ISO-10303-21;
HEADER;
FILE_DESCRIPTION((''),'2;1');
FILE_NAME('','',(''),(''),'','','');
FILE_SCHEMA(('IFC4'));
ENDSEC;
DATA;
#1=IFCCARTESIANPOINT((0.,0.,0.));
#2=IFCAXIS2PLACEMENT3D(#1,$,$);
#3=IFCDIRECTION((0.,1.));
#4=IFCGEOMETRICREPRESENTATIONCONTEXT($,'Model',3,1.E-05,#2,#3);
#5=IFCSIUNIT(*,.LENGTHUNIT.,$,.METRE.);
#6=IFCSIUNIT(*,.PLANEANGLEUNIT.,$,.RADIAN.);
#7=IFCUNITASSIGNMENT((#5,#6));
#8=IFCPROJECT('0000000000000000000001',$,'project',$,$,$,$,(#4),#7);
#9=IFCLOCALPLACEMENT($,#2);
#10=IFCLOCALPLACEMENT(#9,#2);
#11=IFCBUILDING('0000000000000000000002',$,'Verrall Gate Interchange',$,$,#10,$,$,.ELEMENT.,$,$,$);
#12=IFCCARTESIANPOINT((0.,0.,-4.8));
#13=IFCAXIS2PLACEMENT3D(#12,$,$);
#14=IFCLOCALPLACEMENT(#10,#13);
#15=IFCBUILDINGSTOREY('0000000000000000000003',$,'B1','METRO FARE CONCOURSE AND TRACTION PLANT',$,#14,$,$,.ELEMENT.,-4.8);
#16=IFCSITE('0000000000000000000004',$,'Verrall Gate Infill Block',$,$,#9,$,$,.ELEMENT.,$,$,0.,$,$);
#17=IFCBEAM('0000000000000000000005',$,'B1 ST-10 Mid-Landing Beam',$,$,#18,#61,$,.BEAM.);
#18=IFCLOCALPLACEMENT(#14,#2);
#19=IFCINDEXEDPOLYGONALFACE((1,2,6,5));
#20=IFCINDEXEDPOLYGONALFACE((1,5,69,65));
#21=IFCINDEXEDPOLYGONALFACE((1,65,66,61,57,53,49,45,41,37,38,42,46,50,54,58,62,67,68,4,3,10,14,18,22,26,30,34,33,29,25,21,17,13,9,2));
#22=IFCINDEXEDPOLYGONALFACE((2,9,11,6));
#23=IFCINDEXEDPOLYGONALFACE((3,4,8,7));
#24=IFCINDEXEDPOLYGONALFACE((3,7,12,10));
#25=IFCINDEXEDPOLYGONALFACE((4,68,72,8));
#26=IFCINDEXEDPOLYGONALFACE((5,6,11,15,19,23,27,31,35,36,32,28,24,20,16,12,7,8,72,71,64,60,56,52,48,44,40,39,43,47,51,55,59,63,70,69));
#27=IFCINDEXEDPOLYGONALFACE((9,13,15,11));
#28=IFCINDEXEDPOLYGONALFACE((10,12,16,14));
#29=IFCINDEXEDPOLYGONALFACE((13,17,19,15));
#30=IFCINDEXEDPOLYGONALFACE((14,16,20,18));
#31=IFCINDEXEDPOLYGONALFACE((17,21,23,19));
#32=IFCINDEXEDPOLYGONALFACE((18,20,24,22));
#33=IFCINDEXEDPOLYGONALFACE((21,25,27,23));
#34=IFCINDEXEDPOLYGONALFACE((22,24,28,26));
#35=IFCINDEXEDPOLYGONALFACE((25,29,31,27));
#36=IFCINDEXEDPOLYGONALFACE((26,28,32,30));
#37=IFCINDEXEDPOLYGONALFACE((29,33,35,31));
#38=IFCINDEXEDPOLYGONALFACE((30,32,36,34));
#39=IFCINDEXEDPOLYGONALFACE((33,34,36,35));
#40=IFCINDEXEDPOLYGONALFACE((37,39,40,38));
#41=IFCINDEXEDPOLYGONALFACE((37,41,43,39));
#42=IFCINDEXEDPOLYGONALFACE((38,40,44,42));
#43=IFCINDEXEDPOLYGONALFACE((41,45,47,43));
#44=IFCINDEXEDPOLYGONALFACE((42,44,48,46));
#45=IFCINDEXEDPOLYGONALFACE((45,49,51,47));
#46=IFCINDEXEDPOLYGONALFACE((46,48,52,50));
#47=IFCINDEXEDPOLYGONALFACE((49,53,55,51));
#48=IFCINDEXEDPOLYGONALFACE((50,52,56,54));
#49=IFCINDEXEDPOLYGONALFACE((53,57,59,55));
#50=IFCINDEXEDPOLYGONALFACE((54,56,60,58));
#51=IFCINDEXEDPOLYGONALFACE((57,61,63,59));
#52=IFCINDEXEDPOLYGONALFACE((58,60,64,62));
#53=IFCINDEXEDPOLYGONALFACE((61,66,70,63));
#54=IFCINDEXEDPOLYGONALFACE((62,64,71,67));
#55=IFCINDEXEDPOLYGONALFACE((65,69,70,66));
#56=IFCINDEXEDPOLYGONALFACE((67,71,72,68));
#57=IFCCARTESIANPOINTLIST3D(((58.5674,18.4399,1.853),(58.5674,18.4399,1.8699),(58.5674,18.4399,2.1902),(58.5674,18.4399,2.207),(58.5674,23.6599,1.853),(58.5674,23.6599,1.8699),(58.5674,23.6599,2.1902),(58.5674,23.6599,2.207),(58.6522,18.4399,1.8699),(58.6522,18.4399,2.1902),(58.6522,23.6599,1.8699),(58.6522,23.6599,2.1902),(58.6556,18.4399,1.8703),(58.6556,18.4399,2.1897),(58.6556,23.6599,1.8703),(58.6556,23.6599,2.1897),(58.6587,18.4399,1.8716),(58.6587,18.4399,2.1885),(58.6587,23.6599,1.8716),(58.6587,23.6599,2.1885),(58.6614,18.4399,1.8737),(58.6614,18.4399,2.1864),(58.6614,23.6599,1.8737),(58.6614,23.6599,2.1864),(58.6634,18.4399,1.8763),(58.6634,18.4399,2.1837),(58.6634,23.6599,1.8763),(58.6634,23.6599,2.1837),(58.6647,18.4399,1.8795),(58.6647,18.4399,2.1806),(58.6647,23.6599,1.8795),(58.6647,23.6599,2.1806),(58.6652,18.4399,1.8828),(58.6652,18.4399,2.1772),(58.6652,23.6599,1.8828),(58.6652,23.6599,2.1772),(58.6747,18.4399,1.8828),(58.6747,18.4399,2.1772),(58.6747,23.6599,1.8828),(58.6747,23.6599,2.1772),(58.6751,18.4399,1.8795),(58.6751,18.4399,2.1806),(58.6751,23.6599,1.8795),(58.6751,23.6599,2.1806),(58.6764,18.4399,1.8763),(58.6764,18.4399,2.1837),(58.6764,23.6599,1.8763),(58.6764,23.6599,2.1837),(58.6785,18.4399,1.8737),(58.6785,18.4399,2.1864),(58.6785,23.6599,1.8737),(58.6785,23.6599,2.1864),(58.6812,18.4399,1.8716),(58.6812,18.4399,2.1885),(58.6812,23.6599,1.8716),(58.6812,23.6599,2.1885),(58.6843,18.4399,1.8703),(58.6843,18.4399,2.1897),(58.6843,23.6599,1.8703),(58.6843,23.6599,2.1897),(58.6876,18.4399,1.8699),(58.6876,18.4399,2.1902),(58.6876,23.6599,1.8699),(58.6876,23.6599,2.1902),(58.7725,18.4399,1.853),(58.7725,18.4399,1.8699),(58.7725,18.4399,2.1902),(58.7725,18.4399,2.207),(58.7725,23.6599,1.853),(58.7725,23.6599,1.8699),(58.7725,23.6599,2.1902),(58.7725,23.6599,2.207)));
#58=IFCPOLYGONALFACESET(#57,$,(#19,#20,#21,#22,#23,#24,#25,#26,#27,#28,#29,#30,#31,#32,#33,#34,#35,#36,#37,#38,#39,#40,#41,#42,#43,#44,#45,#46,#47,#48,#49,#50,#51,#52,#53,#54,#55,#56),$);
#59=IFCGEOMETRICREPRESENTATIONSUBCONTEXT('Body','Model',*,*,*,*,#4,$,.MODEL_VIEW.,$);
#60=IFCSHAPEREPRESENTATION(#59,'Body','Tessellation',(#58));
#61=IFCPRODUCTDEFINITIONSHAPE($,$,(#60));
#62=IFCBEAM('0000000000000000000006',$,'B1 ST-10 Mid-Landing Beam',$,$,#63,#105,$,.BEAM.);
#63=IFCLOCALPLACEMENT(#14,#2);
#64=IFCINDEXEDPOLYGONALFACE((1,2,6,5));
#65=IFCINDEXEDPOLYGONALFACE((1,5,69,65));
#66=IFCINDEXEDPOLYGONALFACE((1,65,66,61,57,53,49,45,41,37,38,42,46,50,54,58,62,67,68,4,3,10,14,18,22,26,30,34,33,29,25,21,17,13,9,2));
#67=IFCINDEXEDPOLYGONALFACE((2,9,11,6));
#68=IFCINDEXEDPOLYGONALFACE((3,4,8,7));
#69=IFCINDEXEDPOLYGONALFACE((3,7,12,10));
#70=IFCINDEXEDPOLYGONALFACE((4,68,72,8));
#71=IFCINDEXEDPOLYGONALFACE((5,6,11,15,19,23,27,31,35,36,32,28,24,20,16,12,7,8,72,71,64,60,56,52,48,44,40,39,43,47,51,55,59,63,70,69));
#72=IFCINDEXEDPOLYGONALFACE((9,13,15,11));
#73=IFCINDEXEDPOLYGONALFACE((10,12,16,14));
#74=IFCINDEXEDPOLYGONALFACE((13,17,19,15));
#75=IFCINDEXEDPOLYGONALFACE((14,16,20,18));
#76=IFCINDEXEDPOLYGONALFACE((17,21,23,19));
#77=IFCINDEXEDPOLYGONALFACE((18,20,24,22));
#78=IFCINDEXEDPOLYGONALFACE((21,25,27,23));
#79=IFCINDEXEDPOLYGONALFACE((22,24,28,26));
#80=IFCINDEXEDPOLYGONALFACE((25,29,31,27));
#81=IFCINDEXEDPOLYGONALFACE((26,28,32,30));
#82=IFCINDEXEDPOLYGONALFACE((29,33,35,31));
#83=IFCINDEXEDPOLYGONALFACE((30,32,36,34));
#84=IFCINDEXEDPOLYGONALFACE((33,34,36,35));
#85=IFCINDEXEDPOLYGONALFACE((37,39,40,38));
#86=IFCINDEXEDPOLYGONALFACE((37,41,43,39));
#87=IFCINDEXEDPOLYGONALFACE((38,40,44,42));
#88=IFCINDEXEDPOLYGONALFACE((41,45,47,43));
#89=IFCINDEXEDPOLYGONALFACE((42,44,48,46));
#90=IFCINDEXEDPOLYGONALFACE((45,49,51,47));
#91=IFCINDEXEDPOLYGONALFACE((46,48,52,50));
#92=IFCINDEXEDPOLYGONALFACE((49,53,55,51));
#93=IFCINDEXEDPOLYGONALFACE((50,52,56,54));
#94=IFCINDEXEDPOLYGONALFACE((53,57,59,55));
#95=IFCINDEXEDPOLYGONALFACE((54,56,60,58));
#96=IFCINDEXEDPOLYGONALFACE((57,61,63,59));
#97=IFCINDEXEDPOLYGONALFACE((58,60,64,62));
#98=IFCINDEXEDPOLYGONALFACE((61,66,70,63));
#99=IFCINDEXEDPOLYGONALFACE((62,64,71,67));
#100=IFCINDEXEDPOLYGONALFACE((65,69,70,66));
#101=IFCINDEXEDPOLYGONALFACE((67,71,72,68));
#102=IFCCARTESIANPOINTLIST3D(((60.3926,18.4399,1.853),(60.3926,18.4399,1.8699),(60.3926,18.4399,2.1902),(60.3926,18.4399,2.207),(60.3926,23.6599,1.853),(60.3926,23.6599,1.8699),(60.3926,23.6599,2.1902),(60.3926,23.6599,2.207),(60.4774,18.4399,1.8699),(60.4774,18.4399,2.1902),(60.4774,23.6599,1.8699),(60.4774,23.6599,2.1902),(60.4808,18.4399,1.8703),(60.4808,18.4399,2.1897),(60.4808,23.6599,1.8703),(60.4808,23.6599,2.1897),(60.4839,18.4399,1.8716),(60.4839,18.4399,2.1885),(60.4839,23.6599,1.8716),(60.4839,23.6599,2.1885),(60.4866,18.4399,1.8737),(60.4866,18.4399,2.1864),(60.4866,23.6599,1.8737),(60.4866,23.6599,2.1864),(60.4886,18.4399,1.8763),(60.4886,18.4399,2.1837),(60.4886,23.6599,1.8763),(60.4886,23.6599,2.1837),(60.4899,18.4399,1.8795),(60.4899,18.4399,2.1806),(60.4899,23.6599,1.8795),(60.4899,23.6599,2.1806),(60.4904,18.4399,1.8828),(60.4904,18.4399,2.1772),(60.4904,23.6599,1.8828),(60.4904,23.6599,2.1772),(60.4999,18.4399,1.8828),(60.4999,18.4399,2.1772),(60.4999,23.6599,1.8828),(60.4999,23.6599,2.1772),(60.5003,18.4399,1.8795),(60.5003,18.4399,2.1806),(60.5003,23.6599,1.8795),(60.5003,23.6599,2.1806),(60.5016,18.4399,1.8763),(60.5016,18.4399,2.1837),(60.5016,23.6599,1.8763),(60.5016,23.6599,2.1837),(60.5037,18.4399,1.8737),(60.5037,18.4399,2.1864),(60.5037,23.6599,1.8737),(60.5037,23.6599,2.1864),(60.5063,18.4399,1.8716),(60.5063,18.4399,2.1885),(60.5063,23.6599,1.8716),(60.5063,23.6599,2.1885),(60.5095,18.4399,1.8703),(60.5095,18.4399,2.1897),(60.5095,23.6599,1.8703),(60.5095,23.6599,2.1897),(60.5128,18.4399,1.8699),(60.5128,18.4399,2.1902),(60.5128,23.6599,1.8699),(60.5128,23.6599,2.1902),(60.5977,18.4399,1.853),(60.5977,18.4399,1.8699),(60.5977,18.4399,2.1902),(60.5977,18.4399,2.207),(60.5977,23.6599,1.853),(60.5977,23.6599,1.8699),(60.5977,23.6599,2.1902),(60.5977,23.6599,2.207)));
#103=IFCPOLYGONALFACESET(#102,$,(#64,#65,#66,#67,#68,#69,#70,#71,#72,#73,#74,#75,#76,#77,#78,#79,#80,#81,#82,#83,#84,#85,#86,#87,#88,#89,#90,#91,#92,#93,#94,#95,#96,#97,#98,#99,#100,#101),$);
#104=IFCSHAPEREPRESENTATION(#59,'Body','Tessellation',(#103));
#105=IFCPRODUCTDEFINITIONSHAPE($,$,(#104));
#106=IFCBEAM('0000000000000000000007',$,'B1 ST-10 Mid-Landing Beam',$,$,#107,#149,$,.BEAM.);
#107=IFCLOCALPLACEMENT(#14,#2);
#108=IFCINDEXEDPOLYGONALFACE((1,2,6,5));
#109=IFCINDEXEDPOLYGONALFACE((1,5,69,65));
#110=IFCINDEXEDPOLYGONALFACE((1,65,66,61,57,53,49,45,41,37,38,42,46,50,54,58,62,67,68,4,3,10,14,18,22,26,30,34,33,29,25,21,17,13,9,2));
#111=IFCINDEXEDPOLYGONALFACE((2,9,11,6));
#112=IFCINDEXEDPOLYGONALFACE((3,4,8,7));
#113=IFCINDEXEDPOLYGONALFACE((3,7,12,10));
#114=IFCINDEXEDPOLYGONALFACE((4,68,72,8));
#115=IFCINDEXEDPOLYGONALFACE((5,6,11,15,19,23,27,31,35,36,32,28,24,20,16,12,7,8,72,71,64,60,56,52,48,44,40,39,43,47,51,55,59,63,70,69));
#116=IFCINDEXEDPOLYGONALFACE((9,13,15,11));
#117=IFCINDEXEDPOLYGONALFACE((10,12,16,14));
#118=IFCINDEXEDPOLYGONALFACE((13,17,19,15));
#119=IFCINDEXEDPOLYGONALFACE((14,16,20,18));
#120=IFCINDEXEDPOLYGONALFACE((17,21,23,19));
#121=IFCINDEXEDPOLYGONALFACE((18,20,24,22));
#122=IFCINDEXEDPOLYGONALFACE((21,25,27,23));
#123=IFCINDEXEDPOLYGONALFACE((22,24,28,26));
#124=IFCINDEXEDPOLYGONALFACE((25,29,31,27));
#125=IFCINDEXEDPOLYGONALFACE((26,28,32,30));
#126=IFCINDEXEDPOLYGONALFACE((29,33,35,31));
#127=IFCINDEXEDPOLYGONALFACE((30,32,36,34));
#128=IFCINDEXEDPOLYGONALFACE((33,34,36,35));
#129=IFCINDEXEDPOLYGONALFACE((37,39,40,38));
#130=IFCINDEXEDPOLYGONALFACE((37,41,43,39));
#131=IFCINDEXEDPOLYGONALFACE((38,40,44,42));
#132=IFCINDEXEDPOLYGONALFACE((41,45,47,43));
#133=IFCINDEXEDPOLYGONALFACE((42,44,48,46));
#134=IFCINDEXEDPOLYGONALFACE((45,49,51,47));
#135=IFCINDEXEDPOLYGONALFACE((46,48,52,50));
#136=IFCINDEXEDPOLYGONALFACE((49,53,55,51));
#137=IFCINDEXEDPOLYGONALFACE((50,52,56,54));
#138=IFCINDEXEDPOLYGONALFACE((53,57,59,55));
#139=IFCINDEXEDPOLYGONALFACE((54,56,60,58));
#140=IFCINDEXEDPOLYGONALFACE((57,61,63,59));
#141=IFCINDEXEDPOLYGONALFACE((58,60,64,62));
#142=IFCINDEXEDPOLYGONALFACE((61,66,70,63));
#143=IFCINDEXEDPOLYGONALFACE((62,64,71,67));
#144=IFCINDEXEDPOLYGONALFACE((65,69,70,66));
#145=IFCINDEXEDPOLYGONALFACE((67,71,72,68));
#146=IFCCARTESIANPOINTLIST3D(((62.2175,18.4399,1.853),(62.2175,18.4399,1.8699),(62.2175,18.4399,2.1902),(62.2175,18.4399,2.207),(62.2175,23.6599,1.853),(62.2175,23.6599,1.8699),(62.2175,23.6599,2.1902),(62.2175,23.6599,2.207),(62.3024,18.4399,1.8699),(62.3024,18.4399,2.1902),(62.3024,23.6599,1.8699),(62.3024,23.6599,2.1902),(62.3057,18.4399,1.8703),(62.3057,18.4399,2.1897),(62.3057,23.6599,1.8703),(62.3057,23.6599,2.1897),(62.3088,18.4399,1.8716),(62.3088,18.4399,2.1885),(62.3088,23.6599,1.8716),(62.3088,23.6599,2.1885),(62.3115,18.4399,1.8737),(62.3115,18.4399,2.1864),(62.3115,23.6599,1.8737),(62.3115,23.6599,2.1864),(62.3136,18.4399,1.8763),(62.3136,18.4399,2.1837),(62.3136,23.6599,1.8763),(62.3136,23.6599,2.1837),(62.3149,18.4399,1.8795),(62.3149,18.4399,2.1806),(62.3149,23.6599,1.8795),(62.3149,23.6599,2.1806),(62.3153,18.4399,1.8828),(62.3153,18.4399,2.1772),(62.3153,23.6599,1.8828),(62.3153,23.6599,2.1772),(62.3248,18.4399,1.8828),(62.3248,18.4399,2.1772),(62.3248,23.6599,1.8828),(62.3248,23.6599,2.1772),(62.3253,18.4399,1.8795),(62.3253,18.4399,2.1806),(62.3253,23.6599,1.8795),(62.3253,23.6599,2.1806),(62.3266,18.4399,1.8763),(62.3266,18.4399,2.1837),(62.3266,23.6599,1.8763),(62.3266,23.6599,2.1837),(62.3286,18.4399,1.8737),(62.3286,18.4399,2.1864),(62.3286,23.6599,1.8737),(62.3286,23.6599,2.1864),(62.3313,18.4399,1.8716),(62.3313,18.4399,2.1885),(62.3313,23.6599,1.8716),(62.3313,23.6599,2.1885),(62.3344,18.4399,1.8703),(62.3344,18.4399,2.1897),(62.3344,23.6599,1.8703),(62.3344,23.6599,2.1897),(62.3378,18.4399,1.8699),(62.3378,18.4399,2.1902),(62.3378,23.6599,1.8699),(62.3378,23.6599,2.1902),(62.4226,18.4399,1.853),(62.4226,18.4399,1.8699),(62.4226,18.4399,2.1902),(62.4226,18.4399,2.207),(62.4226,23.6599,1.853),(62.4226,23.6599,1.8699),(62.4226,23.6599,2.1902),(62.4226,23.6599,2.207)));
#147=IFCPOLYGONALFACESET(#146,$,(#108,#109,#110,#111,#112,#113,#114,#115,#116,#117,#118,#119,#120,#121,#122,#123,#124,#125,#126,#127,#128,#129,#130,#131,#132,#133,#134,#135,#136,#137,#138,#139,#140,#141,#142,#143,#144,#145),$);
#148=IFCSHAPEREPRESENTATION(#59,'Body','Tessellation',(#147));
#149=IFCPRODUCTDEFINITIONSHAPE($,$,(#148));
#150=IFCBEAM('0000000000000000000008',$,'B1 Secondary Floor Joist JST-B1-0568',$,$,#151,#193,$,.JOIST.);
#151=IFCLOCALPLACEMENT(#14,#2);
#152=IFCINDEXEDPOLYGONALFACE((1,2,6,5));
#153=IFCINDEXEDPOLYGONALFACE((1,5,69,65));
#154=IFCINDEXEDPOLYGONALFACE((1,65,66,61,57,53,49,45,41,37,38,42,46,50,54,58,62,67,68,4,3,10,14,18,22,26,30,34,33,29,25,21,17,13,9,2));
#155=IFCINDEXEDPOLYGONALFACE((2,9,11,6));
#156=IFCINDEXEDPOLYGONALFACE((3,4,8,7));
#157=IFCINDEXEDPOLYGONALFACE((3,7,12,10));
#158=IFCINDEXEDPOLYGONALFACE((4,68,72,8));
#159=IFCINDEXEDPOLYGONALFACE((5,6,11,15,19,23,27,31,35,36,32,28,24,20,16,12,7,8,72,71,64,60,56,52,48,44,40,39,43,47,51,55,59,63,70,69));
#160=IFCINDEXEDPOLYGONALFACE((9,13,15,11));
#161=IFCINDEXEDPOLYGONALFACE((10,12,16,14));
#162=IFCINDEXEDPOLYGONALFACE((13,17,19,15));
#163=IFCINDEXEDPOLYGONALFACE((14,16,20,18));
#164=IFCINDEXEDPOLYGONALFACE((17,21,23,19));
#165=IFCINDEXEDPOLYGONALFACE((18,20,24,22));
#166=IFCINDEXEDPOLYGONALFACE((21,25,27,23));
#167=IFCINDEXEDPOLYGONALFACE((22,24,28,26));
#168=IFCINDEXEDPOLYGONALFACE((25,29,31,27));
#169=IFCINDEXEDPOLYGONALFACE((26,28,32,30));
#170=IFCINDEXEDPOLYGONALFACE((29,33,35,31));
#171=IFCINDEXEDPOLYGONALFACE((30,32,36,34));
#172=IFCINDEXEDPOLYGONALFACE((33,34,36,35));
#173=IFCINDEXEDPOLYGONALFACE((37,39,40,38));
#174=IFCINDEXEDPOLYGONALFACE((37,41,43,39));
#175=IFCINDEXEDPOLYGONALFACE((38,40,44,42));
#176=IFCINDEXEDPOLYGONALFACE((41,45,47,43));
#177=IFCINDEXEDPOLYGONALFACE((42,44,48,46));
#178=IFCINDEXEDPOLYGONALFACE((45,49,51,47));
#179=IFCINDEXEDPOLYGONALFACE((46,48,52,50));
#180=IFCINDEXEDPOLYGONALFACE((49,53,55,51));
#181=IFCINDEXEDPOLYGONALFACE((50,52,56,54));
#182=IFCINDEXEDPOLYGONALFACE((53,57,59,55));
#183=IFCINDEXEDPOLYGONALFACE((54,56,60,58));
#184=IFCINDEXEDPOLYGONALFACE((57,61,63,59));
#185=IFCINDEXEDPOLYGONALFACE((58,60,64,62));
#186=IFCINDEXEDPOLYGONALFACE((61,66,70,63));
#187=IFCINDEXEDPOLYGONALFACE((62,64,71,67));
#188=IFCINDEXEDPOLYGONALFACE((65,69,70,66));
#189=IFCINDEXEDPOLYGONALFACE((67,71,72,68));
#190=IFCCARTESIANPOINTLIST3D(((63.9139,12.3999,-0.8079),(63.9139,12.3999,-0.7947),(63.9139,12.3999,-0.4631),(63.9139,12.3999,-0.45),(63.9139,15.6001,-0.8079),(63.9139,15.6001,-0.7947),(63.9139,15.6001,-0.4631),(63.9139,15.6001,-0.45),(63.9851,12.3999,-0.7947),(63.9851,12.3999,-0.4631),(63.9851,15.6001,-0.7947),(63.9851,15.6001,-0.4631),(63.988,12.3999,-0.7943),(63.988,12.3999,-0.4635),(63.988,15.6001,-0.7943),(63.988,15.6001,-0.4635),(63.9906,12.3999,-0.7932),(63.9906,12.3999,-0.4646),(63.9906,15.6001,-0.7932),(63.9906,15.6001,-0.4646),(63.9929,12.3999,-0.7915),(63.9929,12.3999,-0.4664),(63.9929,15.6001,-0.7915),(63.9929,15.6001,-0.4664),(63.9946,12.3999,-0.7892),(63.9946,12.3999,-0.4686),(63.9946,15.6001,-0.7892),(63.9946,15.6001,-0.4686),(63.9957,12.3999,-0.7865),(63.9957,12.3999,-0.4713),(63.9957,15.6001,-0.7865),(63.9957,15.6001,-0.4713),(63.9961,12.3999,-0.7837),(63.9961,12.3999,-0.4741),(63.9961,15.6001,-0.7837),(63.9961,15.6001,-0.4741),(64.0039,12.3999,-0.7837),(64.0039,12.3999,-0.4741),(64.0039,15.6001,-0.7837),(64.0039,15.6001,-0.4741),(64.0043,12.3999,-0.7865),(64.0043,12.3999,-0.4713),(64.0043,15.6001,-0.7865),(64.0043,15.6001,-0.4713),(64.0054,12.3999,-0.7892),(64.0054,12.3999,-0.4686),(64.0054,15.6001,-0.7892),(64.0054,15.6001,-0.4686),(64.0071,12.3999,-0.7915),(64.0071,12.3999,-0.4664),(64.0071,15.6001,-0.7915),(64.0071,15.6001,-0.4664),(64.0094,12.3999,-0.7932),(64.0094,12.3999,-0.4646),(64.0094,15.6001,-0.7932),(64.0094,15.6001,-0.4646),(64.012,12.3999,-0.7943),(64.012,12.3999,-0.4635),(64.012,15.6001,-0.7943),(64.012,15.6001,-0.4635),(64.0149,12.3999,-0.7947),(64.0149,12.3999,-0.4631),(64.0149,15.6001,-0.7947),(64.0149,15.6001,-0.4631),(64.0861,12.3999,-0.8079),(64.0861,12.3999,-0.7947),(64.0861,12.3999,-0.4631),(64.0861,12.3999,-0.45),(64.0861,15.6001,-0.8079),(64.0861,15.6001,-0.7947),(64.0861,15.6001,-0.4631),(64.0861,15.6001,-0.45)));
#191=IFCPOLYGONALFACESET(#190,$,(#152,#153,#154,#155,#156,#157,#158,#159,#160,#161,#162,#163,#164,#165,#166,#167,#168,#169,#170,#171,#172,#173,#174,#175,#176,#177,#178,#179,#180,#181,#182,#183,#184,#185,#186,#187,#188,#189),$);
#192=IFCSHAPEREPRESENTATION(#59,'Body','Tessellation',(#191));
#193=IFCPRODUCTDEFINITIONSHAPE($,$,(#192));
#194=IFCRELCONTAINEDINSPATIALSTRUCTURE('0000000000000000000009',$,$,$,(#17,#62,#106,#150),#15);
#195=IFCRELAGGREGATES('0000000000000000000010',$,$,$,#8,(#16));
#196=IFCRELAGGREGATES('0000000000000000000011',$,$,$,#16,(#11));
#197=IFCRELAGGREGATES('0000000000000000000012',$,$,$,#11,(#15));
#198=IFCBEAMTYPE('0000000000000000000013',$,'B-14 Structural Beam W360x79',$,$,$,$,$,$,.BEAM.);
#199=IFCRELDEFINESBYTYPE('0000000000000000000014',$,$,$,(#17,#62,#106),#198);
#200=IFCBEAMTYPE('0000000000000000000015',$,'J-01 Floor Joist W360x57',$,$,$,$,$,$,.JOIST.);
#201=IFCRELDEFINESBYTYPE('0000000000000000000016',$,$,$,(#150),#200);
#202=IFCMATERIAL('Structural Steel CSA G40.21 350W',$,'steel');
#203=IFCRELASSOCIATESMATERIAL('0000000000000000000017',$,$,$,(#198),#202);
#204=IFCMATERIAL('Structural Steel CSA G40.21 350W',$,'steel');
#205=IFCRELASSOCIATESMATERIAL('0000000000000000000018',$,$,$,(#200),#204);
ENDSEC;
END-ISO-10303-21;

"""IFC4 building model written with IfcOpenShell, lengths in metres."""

from ifc_helpers import new_model, si_unit, direction, frame, origin, origin_2d, place, context, subcontext, project, spatial, i_section, extrude, material, material_profile, profile_set, type_object, element, save


model = new_model("IFC4")

# Units and contexts
model_context = context("Model", 3, precision=1e-05, world=origin(), true_north=direction((0.0, 1.0)))
body_context = subcontext(model_context, "Body", "Model", "MODEL_VIEW")
ifc_project = project(units=[si_unit("LENGTHUNIT", "METRE"), si_unit("PLANEANGLEUNIT", "RADIAN")], contexts=[model_context])

# Site, building, storey
site_placement = place(None, origin())
site = spatial("IfcSite", under=ifc_project, at=site_placement, Name="Verrall Gate Infill Block", CompositionType="ELEMENT", RefElevation=0.0)
building_placement = place(site_placement, origin())
building = spatial("IfcBuilding", under=site, at=building_placement, Name="Verrall Gate Interchange", CompositionType="ELEMENT")
storey_placement = place(building_placement, frame((0.0, 0.0, -4.8)))
storey = spatial("IfcBuildingStorey", under=building, at=storey_placement, Name="B1", Description="METRO FARE CONCOURSE AND TRACTION PLANT", CompositionType="ELEMENT", Elevation=-4.8)

# Beams
ifc_material_1 = material(Name="Structural Steel CSA G40.21 350W", Category="steel")
ifc_material_profile_1 = material_profile(ifc_material_1, i_section(OverallWidth=0.2051, OverallDepth=0.354, WebThickness=0.0095, FlangeThickness=0.0168, FilletRadius=0.0129, at=origin_2d()), Name="W360x79")
ifc_profile_set_1 = profile_set([ifc_material_profile_1], Name="Structural Steel CSA G40.21 350W")
beam_type_1 = type_object("IfcBeamType", Name="B-14 Structural Beam W360x79", PredefinedType="BEAM", material=ifc_profile_set_1)
for number, where, z_axis, x_axis, name in (
    (1, (58.6699, 18.4399, 2.03), (0.0, 1.0, 0.0), (-1.0, 0.0, 0.0), "B1 ST-10 Mid-Landing Beam"),
    (2, (60.4951, 18.4399, 2.03), (0.0, 1.0, 0.0), (-1.0, 0.0, 0.0), "B1 ST-10 Mid-Landing Beam"),
    (3, (62.3201, 18.4399, 2.03), (0.0, 1.0, 0.0), (-1.0, 0.0, 0.0), "B1 ST-10 Mid-Landing Beam"),
):
    element("IfcBeam", number, at=place(storey_placement, frame(where, z_axis=z_axis, x_axis=x_axis)), inside=storey, type_object=beam_type_1, Name=name, PredefinedType="BEAM", context=body_context, shape_type="SweptSolid", body=[
        extrude(i_section(OverallWidth=0.2051, OverallDepth=0.354, WebThickness=0.0095, FlangeThickness=0.0168, FilletRadius=0.0129, at=origin_2d()), origin(), (0.0, 0.0, 1.0), 5.22),
    ])
ifc_material_2 = material(Name="Structural Steel CSA G40.21 350W", Category="steel")
ifc_material_profile_2 = material_profile(ifc_material_2, i_section(OverallWidth=0.1721, OverallDepth=0.3579, WebThickness=0.0078, FlangeThickness=0.0132, FilletRadius=0.011, at=origin_2d()), Name="W360x57")
ifc_profile_set_2 = profile_set([ifc_material_profile_2], Name="Structural Steel CSA G40.21 350W")
beam_type_2 = type_object("IfcBeamType", Name="J-01 Floor Joist W360x57", PredefinedType="JOIST", material=ifc_profile_set_2)
beam_1_placement = place(storey_placement, frame((64.0, 12.3999, -0.6289), z_axis=(0.0, 1.0, 0.0), x_axis=(-1.0, 0.0, 0.0)))
element("IfcBeam", 4, at=beam_1_placement, inside=storey, type_object=beam_type_2, Name="B1 Secondary Floor Joist JST-B1-0568", PredefinedType="JOIST", context=body_context, shape_type="SweptSolid", body=[
    extrude(i_section(OverallWidth=0.1721, OverallDepth=0.3579, WebThickness=0.0078, FlangeThickness=0.0132, FilletRadius=0.011, at=origin_2d()), origin(), (0.0, 0.0, 1.0), 3.2002),
])

save(model, "model.ifc")
